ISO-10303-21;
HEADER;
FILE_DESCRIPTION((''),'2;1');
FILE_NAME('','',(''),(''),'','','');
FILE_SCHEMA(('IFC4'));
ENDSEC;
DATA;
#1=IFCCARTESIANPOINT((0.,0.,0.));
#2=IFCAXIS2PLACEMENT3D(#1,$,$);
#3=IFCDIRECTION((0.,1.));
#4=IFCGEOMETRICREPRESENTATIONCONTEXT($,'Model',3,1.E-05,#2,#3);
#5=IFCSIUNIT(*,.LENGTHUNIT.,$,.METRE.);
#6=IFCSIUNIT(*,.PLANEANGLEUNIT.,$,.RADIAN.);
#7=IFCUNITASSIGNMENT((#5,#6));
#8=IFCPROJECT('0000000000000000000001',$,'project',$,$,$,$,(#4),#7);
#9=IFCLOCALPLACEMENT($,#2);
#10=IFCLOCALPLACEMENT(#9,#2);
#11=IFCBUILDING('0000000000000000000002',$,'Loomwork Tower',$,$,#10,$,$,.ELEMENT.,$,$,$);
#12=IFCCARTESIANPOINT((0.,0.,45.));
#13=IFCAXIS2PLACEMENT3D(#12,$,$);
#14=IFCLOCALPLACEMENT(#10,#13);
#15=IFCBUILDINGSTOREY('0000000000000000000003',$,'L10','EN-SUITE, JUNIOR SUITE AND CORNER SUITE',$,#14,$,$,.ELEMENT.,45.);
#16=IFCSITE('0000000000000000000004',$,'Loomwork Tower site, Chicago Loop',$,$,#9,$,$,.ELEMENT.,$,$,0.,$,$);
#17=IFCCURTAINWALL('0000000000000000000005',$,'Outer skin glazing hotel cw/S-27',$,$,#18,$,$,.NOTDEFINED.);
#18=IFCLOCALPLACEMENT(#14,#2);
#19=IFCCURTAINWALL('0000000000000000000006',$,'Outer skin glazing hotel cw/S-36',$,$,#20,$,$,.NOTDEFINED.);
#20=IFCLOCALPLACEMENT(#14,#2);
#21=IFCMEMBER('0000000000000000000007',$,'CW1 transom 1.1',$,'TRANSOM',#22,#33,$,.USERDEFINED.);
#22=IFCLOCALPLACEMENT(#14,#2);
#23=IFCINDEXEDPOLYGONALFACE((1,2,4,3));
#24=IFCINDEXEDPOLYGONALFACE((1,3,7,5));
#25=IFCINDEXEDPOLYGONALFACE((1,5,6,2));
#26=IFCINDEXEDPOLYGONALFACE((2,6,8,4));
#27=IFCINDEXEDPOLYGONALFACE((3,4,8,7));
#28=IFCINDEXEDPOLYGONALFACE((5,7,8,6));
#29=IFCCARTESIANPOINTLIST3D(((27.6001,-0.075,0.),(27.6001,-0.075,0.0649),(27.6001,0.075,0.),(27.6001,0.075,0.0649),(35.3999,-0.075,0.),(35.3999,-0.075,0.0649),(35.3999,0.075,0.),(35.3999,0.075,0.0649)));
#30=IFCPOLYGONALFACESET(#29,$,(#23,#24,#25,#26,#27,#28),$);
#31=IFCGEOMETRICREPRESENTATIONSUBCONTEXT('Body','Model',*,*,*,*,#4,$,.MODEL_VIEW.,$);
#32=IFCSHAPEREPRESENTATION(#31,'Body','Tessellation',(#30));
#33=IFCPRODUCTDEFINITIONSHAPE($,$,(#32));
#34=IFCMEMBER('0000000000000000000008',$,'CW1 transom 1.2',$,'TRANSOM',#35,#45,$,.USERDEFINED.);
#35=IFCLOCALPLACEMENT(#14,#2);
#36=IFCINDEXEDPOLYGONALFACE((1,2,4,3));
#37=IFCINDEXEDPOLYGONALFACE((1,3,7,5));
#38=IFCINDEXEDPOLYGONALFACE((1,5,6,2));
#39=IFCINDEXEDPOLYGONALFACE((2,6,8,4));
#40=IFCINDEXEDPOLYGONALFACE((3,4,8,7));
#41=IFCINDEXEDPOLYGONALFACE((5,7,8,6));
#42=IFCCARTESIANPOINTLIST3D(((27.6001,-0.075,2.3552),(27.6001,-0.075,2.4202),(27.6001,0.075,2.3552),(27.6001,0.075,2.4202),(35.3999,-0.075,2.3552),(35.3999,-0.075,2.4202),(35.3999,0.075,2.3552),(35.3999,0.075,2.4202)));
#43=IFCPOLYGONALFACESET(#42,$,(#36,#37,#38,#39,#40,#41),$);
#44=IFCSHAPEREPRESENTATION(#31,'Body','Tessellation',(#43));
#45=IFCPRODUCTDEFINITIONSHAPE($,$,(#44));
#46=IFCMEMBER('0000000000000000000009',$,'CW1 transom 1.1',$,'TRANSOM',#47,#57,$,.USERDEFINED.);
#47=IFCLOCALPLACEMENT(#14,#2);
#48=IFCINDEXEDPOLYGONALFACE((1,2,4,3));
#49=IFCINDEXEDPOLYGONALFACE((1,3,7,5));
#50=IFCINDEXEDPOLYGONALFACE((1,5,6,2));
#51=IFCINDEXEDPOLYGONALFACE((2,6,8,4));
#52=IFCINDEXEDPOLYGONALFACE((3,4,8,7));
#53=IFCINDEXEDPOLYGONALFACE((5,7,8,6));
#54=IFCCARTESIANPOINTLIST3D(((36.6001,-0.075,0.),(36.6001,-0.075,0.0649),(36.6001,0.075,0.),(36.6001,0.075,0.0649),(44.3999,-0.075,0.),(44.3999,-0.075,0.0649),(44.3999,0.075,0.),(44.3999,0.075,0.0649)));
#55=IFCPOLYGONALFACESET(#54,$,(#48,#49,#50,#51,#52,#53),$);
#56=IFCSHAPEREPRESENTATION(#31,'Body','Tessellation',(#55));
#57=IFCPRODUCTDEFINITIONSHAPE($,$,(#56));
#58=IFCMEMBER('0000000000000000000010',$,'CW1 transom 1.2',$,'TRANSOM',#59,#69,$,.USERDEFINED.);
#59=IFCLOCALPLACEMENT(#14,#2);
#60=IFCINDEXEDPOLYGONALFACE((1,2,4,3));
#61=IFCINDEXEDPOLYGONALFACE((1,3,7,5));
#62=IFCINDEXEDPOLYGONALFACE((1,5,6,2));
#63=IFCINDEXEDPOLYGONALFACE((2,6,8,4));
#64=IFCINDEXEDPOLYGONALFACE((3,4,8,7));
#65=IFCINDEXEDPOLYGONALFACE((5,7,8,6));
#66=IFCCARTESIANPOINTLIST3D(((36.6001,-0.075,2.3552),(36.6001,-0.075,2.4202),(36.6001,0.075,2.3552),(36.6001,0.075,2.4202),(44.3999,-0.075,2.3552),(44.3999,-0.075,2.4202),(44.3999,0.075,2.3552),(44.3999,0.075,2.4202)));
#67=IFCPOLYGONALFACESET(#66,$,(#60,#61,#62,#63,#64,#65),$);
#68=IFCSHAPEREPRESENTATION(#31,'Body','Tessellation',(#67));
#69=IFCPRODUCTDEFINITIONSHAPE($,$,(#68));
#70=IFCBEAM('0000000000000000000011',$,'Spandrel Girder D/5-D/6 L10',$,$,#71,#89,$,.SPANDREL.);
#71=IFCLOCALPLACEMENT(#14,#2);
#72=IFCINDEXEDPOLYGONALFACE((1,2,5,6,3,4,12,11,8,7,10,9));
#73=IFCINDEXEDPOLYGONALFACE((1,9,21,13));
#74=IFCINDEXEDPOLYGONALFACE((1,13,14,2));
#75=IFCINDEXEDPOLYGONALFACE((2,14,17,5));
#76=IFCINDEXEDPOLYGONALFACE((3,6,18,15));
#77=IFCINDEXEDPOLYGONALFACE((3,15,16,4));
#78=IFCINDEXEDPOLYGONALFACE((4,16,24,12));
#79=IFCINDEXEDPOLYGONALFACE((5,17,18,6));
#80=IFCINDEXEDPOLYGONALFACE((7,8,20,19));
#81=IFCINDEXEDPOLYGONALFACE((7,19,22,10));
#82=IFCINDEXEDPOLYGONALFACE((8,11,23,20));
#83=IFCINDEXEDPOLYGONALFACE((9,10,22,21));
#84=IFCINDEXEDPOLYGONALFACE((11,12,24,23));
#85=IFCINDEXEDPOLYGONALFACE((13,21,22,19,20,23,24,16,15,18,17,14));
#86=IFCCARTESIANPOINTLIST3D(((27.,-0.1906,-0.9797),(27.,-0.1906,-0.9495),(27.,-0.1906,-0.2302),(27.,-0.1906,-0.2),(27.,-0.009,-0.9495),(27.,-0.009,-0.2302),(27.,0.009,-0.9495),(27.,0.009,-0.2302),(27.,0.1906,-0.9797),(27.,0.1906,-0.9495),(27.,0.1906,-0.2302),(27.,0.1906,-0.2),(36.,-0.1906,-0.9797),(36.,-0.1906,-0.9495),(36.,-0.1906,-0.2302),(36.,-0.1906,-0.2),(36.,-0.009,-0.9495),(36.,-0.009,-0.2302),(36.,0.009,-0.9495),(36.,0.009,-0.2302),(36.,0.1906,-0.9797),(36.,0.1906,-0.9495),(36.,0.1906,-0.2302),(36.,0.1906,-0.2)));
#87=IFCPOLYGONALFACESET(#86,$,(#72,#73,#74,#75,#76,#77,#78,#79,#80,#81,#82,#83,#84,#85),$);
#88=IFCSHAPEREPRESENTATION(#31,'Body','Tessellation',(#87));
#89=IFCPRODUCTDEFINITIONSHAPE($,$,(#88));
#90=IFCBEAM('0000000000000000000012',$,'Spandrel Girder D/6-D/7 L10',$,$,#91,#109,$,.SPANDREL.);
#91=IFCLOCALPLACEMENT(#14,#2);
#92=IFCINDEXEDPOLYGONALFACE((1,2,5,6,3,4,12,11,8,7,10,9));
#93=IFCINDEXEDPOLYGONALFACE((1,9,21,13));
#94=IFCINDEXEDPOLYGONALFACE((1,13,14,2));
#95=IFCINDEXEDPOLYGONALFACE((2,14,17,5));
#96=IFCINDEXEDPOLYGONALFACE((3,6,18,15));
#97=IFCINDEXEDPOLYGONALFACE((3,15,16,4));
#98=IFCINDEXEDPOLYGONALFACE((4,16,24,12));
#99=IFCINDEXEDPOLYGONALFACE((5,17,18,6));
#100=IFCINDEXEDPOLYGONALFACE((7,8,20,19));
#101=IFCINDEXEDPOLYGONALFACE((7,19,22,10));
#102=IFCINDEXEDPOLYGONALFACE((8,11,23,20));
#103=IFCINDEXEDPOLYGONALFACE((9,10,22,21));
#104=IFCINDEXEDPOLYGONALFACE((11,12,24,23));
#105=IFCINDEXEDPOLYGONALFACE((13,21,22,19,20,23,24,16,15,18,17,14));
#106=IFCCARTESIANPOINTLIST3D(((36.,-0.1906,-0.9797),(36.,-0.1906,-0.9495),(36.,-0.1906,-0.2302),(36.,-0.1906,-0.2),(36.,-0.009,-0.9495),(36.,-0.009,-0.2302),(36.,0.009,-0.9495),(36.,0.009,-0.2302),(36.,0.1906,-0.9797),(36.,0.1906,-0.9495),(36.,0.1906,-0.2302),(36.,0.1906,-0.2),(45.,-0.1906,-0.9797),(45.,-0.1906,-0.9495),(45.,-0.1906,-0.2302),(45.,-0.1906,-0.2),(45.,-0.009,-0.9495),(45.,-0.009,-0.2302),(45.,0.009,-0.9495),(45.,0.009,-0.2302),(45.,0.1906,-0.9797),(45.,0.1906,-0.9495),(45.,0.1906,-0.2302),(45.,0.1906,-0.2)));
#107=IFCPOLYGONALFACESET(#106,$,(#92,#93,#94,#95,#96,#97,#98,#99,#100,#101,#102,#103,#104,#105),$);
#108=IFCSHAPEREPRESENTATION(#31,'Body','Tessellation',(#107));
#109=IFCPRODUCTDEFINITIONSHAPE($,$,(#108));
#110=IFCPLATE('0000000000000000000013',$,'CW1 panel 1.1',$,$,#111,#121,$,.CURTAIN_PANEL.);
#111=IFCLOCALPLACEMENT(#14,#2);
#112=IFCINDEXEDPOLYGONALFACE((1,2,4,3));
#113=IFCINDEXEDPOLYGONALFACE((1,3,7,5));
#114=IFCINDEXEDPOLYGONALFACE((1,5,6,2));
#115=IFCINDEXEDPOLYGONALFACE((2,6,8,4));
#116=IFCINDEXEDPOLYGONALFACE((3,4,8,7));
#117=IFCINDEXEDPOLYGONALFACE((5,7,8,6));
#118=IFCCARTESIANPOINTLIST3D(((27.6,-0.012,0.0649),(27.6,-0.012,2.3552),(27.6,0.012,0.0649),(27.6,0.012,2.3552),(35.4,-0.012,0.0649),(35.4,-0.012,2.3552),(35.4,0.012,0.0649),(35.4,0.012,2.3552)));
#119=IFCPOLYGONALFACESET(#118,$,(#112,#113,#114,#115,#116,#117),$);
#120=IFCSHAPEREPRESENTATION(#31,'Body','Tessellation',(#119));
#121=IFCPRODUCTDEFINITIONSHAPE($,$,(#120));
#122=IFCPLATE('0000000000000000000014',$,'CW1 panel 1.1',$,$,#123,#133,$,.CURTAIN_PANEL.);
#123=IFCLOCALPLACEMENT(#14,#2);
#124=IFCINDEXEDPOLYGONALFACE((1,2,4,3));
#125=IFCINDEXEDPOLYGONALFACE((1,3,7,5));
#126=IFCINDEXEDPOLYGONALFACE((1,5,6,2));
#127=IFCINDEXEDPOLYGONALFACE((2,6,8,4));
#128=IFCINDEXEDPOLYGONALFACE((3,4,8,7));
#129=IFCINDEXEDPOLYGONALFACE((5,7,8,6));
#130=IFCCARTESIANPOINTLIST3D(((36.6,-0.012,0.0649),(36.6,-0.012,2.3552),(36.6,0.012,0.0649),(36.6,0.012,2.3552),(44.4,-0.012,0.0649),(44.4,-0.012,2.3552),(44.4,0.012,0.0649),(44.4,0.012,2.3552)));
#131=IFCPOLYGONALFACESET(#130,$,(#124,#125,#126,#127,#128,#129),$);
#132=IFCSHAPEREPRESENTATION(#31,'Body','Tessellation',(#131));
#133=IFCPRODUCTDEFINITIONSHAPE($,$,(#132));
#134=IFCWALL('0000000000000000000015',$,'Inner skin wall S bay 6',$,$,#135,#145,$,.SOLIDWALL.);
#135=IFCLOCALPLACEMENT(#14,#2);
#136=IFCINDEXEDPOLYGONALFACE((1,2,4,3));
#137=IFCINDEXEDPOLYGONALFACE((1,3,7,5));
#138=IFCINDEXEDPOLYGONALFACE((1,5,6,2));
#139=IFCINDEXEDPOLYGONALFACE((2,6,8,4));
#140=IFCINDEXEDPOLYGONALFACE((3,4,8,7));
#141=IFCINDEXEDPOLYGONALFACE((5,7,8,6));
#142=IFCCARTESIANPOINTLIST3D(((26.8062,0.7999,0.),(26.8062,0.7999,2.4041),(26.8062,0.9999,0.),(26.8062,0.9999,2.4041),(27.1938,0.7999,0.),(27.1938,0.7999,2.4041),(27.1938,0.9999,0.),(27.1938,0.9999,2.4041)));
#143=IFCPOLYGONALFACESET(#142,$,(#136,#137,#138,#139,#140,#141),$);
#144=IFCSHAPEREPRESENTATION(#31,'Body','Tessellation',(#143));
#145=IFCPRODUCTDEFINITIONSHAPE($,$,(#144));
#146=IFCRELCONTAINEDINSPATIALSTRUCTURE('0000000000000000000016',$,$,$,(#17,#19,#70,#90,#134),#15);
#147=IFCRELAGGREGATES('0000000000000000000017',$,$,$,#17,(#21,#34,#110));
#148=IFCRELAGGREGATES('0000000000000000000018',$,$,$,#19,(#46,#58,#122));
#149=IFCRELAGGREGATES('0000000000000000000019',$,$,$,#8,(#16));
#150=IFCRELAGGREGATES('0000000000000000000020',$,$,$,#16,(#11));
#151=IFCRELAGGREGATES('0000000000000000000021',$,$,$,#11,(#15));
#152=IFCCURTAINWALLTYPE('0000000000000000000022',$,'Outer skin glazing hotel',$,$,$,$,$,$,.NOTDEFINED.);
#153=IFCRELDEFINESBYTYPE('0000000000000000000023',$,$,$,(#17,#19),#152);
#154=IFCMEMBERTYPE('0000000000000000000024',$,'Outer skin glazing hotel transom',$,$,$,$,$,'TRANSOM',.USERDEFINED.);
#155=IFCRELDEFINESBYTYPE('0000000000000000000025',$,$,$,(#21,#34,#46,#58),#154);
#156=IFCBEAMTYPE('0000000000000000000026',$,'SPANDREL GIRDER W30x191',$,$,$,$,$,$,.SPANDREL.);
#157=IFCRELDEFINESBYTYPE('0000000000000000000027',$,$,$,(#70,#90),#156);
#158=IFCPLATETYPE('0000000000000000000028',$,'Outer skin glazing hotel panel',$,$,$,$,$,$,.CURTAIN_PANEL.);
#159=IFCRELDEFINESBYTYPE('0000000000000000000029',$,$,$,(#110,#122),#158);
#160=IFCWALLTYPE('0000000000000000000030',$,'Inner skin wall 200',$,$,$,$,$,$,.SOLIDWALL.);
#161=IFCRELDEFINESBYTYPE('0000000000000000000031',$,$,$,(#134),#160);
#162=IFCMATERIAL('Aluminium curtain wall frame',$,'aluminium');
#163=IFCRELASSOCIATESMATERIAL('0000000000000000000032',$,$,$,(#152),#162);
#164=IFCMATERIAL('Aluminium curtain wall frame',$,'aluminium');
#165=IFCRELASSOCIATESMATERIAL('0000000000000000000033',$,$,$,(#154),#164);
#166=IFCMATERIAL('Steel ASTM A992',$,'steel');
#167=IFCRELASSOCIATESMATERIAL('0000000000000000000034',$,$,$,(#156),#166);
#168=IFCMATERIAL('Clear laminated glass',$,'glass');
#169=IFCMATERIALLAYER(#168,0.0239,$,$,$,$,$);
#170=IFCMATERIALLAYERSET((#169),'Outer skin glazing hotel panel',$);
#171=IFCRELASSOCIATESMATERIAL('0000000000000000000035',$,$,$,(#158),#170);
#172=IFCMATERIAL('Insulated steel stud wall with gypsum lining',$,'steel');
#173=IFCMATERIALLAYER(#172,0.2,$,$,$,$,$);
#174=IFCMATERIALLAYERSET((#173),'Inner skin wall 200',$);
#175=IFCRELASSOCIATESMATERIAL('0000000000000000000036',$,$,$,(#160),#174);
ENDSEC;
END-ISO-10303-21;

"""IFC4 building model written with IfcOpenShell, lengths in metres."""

from ifc_helpers import new_model, si_unit, direction, frame, frame_2d, origin, origin_2d, place, context, subcontext, project, spatial, rectangle, i_section, extrude, material, layer, layer_set, material_profile, profile_set, type_object, element, aggregate, save


model = new_model("IFC4")

# Units and contexts
model_context = context("Model", 3, precision=1e-05, world=origin(), true_north=direction((0.0, 1.0)))
body_context = subcontext(model_context, "Body", "Model", "MODEL_VIEW")
ifc_project = project(units=[si_unit("LENGTHUNIT", "METRE"), si_unit("PLANEANGLEUNIT", "RADIAN")], contexts=[model_context])

# Site, building, storey
site_placement = place(None, origin())
site = spatial("IfcSite", under=ifc_project, at=site_placement, Name="Loomwork Tower site, Chicago Loop", CompositionType="ELEMENT", RefElevation=0.0)
building_placement = place(site_placement, origin())
building = spatial("IfcBuilding", under=site, at=building_placement, Name="Loomwork Tower", CompositionType="ELEMENT")
storey_placement = place(building_placement, frame((0.0, 0.0, 45.0)))
storey = spatial("IfcBuildingStorey", under=building, at=storey_placement, Name="L10", Description="EN-SUITE, JUNIOR SUITE AND CORNER SUITE", CompositionType="ELEMENT", Elevation=45.0)

# Shared definitions
ifc_material_1 = material(Name="Aluminium curtain wall frame", Category="aluminium")
curtain_wall_type = type_object("IfcCurtainWallType", Name="Outer skin glazing hotel", PredefinedType="NOTDEFINED", material=ifc_material_1)

# Curtain walls
curtain_wall_1_placement = place(storey_placement, origin())
curtain_wall_1 = element("IfcCurtainWall", 1, at=curtain_wall_1_placement, inside=storey, type_object=curtain_wall_type, Name="Outer skin glazing hotel cw/S-27", PredefinedType="NOTDEFINED")
curtain_wall_2_placement = place(storey_placement, origin())
curtain_wall_2 = element("IfcCurtainWall", 2, at=curtain_wall_2_placement, inside=storey, type_object=curtain_wall_type, Name="Outer skin glazing hotel cw/S-36", PredefinedType="NOTDEFINED")

# Members
ifc_material_2 = material(Name="Aluminium curtain wall frame", Category="aluminium")
ifc_material_profile_1 = material_profile(ifc_material_2, rectangle(XDim=0.1499, YDim=0.0649, at=origin_2d()), Name="AL 65x150")
ifc_profile_set_1 = profile_set([ifc_material_profile_1], Name="Aluminium curtain wall frame")
member_type_1 = type_object("IfcMemberType", Name="Outer skin glazing hotel transom", ElementType="TRANSOM", PredefinedType="USERDEFINED", material=ifc_profile_set_1)
member_1_placement = place(storey_placement, frame((27.6001, 0.0, 0.0325), z_axis=(1.0, 0.0, 0.0), x_axis=(0.0, 1.0, 0.0)))
member_1 = element("IfcMember", 3, at=member_1_placement, type_object=member_type_1, Name="CW1 transom 1.1", ObjectType="TRANSOM", PredefinedType="USERDEFINED", context=body_context, shape_type="SweptSolid", body=[
    extrude(rectangle(XDim=0.1499, YDim=0.0649, at=origin_2d()), origin(), (0.0, 0.0, 1.0), 7.7998),
])
member_2_placement = place(storey_placement, frame((27.6001, 0.0, 2.3877), z_axis=(1.0, 0.0, 0.0), x_axis=(0.0, 1.0, 0.0)))
member_2 = element("IfcMember", 4, at=member_2_placement, type_object=member_type_1, Name="CW1 transom 1.2", ObjectType="TRANSOM", PredefinedType="USERDEFINED", context=body_context, shape_type="SweptSolid", body=[
    extrude(rectangle(XDim=0.1499, YDim=0.0649, at=origin_2d()), origin(), (0.0, 0.0, 1.0), 7.7998),
])
member_3_placement = place(storey_placement, frame((36.6001, 0.0, 0.0325), z_axis=(1.0, 0.0, 0.0), x_axis=(0.0, 1.0, 0.0)))
member_3 = element("IfcMember", 5, at=member_3_placement, type_object=member_type_1, Name="CW1 transom 1.1", ObjectType="TRANSOM", PredefinedType="USERDEFINED", context=body_context, shape_type="SweptSolid", body=[
    extrude(rectangle(XDim=0.1499, YDim=0.0649, at=origin_2d()), origin(), (0.0, 0.0, 1.0), 7.7998),
])
member_4_placement = place(storey_placement, frame((36.6001, 0.0, 2.3877), z_axis=(1.0, 0.0, 0.0), x_axis=(0.0, 1.0, 0.0)))
member_4 = element("IfcMember", 6, at=member_4_placement, type_object=member_type_1, Name="CW1 transom 1.2", ObjectType="TRANSOM", PredefinedType="USERDEFINED", context=body_context, shape_type="SweptSolid", body=[
    extrude(rectangle(XDim=0.1499, YDim=0.0649, at=origin_2d()), origin(), (0.0, 0.0, 1.0), 7.7998),
])

# Beams
ifc_material_3 = material(Name="Steel ASTM A992", Category="steel")
ifc_material_profile_2 = material_profile(ifc_material_3, i_section(OverallWidth=0.3811, OverallDepth=0.7798, WebThickness=0.0181, FlangeThickness=0.0303, at=origin_2d()), Name="W30x191")
ifc_profile_set_2 = profile_set([ifc_material_profile_2], Name="Steel ASTM A992")
beam_type_1 = type_object("IfcBeamType", Name="SPANDREL GIRDER W30x191", PredefinedType="SPANDREL", material=ifc_profile_set_2)
for number, where, z_axis, x_axis, name in (
    (7, (27.0, 0.0, -0.5898), (1.0, 0.0, 0.0), (0.0, 1.0, 0.0), "Spandrel Girder D/5-D/6 L10"),
    (8, (36.0, 0.0, -0.5898), (1.0, 0.0, 0.0), (0.0, 1.0, 0.0), "Spandrel Girder D/6-D/7 L10"),
):
    element("IfcBeam", number, at=place(storey_placement, frame(where, z_axis=z_axis, x_axis=x_axis)), inside=storey, type_object=beam_type_1, Name=name, PredefinedType="SPANDREL", context=body_context, shape_type="SweptSolid", body=[
        extrude(i_section(OverallWidth=0.3811, OverallDepth=0.7798, WebThickness=0.0181, FlangeThickness=0.0303, at=origin_2d()), origin(), (0.0, 0.0, 1.0), 9.0),
    ])

# Plates
ifc_material_4 = material(Name="Clear laminated glass", Category="glass")
ifc_layer_1 = layer(ifc_material_4, 0.0239)
ifc_layer_set_1 = layer_set([ifc_layer_1], Name="Outer skin glazing hotel panel")
plate_type = type_object("IfcPlateType", Name="Outer skin glazing hotel panel", PredefinedType="CURTAIN_PANEL", material=ifc_layer_set_1)
plate_1_placement = place(storey_placement, frame((31.5, 0.0, 0.0649), z_axis=(0.0, 0.0, 1.0), x_axis=(1.0, 0.0, 0.0)))
plate_1 = element("IfcPlate", 9, at=plate_1_placement, type_object=plate_type, Name="CW1 panel 1.1", PredefinedType="CURTAIN_PANEL", context=body_context, shape_type="SweptSolid", body=[
    extrude(rectangle(XDim=7.8, YDim=0.0239, at=origin_2d()), origin(), (0.0, 0.0, 1.0), 2.2903),
])
aggregate(curtain_wall_1, [member_1, member_2, plate_1])
plate_2_placement = place(storey_placement, frame((40.5, 0.0, 0.0649), z_axis=(0.0, 0.0, 1.0), x_axis=(1.0, 0.0, 0.0)))
plate_2 = element("IfcPlate", 10, at=plate_2_placement, type_object=plate_type, Name="CW1 panel 1.1", PredefinedType="CURTAIN_PANEL", context=body_context, shape_type="SweptSolid", body=[
    extrude(rectangle(XDim=7.8, YDim=0.0239, at=origin_2d()), origin(), (0.0, 0.0, 1.0), 2.2903),
])
aggregate(curtain_wall_2, [member_3, member_4, plate_2])

# Wall
ifc_material_5 = material(Name="Insulated steel stud wall with gypsum lining", Category="steel")
ifc_layer_2 = layer(ifc_material_5, 0.2)
ifc_layer_set_2 = layer_set([ifc_layer_2], Name="Inner skin wall 200")
wall_type = type_object("IfcWallType", Name="Inner skin wall 200", PredefinedType="SOLIDWALL", material=ifc_layer_set_2)
wall_1_placement = place(storey_placement, frame((26.8062, 0.8999, 0.0), z_axis=(0.0, 0.0, 1.0), x_axis=(1.0, 0.0, 0.0)))
element("IfcWall", 11, at=wall_1_placement, inside=storey, type_object=wall_type, Name="Inner skin wall S bay 6", PredefinedType="SOLIDWALL", context=body_context, shape_type="SweptSolid", body=[
    extrude(rectangle(XDim=0.3877, YDim=0.2, at=frame_2d((0.1938, 0.0))), origin(), (0.0, 0.0, 1.0), 2.4041),
])

save(model, "model.ifc")
